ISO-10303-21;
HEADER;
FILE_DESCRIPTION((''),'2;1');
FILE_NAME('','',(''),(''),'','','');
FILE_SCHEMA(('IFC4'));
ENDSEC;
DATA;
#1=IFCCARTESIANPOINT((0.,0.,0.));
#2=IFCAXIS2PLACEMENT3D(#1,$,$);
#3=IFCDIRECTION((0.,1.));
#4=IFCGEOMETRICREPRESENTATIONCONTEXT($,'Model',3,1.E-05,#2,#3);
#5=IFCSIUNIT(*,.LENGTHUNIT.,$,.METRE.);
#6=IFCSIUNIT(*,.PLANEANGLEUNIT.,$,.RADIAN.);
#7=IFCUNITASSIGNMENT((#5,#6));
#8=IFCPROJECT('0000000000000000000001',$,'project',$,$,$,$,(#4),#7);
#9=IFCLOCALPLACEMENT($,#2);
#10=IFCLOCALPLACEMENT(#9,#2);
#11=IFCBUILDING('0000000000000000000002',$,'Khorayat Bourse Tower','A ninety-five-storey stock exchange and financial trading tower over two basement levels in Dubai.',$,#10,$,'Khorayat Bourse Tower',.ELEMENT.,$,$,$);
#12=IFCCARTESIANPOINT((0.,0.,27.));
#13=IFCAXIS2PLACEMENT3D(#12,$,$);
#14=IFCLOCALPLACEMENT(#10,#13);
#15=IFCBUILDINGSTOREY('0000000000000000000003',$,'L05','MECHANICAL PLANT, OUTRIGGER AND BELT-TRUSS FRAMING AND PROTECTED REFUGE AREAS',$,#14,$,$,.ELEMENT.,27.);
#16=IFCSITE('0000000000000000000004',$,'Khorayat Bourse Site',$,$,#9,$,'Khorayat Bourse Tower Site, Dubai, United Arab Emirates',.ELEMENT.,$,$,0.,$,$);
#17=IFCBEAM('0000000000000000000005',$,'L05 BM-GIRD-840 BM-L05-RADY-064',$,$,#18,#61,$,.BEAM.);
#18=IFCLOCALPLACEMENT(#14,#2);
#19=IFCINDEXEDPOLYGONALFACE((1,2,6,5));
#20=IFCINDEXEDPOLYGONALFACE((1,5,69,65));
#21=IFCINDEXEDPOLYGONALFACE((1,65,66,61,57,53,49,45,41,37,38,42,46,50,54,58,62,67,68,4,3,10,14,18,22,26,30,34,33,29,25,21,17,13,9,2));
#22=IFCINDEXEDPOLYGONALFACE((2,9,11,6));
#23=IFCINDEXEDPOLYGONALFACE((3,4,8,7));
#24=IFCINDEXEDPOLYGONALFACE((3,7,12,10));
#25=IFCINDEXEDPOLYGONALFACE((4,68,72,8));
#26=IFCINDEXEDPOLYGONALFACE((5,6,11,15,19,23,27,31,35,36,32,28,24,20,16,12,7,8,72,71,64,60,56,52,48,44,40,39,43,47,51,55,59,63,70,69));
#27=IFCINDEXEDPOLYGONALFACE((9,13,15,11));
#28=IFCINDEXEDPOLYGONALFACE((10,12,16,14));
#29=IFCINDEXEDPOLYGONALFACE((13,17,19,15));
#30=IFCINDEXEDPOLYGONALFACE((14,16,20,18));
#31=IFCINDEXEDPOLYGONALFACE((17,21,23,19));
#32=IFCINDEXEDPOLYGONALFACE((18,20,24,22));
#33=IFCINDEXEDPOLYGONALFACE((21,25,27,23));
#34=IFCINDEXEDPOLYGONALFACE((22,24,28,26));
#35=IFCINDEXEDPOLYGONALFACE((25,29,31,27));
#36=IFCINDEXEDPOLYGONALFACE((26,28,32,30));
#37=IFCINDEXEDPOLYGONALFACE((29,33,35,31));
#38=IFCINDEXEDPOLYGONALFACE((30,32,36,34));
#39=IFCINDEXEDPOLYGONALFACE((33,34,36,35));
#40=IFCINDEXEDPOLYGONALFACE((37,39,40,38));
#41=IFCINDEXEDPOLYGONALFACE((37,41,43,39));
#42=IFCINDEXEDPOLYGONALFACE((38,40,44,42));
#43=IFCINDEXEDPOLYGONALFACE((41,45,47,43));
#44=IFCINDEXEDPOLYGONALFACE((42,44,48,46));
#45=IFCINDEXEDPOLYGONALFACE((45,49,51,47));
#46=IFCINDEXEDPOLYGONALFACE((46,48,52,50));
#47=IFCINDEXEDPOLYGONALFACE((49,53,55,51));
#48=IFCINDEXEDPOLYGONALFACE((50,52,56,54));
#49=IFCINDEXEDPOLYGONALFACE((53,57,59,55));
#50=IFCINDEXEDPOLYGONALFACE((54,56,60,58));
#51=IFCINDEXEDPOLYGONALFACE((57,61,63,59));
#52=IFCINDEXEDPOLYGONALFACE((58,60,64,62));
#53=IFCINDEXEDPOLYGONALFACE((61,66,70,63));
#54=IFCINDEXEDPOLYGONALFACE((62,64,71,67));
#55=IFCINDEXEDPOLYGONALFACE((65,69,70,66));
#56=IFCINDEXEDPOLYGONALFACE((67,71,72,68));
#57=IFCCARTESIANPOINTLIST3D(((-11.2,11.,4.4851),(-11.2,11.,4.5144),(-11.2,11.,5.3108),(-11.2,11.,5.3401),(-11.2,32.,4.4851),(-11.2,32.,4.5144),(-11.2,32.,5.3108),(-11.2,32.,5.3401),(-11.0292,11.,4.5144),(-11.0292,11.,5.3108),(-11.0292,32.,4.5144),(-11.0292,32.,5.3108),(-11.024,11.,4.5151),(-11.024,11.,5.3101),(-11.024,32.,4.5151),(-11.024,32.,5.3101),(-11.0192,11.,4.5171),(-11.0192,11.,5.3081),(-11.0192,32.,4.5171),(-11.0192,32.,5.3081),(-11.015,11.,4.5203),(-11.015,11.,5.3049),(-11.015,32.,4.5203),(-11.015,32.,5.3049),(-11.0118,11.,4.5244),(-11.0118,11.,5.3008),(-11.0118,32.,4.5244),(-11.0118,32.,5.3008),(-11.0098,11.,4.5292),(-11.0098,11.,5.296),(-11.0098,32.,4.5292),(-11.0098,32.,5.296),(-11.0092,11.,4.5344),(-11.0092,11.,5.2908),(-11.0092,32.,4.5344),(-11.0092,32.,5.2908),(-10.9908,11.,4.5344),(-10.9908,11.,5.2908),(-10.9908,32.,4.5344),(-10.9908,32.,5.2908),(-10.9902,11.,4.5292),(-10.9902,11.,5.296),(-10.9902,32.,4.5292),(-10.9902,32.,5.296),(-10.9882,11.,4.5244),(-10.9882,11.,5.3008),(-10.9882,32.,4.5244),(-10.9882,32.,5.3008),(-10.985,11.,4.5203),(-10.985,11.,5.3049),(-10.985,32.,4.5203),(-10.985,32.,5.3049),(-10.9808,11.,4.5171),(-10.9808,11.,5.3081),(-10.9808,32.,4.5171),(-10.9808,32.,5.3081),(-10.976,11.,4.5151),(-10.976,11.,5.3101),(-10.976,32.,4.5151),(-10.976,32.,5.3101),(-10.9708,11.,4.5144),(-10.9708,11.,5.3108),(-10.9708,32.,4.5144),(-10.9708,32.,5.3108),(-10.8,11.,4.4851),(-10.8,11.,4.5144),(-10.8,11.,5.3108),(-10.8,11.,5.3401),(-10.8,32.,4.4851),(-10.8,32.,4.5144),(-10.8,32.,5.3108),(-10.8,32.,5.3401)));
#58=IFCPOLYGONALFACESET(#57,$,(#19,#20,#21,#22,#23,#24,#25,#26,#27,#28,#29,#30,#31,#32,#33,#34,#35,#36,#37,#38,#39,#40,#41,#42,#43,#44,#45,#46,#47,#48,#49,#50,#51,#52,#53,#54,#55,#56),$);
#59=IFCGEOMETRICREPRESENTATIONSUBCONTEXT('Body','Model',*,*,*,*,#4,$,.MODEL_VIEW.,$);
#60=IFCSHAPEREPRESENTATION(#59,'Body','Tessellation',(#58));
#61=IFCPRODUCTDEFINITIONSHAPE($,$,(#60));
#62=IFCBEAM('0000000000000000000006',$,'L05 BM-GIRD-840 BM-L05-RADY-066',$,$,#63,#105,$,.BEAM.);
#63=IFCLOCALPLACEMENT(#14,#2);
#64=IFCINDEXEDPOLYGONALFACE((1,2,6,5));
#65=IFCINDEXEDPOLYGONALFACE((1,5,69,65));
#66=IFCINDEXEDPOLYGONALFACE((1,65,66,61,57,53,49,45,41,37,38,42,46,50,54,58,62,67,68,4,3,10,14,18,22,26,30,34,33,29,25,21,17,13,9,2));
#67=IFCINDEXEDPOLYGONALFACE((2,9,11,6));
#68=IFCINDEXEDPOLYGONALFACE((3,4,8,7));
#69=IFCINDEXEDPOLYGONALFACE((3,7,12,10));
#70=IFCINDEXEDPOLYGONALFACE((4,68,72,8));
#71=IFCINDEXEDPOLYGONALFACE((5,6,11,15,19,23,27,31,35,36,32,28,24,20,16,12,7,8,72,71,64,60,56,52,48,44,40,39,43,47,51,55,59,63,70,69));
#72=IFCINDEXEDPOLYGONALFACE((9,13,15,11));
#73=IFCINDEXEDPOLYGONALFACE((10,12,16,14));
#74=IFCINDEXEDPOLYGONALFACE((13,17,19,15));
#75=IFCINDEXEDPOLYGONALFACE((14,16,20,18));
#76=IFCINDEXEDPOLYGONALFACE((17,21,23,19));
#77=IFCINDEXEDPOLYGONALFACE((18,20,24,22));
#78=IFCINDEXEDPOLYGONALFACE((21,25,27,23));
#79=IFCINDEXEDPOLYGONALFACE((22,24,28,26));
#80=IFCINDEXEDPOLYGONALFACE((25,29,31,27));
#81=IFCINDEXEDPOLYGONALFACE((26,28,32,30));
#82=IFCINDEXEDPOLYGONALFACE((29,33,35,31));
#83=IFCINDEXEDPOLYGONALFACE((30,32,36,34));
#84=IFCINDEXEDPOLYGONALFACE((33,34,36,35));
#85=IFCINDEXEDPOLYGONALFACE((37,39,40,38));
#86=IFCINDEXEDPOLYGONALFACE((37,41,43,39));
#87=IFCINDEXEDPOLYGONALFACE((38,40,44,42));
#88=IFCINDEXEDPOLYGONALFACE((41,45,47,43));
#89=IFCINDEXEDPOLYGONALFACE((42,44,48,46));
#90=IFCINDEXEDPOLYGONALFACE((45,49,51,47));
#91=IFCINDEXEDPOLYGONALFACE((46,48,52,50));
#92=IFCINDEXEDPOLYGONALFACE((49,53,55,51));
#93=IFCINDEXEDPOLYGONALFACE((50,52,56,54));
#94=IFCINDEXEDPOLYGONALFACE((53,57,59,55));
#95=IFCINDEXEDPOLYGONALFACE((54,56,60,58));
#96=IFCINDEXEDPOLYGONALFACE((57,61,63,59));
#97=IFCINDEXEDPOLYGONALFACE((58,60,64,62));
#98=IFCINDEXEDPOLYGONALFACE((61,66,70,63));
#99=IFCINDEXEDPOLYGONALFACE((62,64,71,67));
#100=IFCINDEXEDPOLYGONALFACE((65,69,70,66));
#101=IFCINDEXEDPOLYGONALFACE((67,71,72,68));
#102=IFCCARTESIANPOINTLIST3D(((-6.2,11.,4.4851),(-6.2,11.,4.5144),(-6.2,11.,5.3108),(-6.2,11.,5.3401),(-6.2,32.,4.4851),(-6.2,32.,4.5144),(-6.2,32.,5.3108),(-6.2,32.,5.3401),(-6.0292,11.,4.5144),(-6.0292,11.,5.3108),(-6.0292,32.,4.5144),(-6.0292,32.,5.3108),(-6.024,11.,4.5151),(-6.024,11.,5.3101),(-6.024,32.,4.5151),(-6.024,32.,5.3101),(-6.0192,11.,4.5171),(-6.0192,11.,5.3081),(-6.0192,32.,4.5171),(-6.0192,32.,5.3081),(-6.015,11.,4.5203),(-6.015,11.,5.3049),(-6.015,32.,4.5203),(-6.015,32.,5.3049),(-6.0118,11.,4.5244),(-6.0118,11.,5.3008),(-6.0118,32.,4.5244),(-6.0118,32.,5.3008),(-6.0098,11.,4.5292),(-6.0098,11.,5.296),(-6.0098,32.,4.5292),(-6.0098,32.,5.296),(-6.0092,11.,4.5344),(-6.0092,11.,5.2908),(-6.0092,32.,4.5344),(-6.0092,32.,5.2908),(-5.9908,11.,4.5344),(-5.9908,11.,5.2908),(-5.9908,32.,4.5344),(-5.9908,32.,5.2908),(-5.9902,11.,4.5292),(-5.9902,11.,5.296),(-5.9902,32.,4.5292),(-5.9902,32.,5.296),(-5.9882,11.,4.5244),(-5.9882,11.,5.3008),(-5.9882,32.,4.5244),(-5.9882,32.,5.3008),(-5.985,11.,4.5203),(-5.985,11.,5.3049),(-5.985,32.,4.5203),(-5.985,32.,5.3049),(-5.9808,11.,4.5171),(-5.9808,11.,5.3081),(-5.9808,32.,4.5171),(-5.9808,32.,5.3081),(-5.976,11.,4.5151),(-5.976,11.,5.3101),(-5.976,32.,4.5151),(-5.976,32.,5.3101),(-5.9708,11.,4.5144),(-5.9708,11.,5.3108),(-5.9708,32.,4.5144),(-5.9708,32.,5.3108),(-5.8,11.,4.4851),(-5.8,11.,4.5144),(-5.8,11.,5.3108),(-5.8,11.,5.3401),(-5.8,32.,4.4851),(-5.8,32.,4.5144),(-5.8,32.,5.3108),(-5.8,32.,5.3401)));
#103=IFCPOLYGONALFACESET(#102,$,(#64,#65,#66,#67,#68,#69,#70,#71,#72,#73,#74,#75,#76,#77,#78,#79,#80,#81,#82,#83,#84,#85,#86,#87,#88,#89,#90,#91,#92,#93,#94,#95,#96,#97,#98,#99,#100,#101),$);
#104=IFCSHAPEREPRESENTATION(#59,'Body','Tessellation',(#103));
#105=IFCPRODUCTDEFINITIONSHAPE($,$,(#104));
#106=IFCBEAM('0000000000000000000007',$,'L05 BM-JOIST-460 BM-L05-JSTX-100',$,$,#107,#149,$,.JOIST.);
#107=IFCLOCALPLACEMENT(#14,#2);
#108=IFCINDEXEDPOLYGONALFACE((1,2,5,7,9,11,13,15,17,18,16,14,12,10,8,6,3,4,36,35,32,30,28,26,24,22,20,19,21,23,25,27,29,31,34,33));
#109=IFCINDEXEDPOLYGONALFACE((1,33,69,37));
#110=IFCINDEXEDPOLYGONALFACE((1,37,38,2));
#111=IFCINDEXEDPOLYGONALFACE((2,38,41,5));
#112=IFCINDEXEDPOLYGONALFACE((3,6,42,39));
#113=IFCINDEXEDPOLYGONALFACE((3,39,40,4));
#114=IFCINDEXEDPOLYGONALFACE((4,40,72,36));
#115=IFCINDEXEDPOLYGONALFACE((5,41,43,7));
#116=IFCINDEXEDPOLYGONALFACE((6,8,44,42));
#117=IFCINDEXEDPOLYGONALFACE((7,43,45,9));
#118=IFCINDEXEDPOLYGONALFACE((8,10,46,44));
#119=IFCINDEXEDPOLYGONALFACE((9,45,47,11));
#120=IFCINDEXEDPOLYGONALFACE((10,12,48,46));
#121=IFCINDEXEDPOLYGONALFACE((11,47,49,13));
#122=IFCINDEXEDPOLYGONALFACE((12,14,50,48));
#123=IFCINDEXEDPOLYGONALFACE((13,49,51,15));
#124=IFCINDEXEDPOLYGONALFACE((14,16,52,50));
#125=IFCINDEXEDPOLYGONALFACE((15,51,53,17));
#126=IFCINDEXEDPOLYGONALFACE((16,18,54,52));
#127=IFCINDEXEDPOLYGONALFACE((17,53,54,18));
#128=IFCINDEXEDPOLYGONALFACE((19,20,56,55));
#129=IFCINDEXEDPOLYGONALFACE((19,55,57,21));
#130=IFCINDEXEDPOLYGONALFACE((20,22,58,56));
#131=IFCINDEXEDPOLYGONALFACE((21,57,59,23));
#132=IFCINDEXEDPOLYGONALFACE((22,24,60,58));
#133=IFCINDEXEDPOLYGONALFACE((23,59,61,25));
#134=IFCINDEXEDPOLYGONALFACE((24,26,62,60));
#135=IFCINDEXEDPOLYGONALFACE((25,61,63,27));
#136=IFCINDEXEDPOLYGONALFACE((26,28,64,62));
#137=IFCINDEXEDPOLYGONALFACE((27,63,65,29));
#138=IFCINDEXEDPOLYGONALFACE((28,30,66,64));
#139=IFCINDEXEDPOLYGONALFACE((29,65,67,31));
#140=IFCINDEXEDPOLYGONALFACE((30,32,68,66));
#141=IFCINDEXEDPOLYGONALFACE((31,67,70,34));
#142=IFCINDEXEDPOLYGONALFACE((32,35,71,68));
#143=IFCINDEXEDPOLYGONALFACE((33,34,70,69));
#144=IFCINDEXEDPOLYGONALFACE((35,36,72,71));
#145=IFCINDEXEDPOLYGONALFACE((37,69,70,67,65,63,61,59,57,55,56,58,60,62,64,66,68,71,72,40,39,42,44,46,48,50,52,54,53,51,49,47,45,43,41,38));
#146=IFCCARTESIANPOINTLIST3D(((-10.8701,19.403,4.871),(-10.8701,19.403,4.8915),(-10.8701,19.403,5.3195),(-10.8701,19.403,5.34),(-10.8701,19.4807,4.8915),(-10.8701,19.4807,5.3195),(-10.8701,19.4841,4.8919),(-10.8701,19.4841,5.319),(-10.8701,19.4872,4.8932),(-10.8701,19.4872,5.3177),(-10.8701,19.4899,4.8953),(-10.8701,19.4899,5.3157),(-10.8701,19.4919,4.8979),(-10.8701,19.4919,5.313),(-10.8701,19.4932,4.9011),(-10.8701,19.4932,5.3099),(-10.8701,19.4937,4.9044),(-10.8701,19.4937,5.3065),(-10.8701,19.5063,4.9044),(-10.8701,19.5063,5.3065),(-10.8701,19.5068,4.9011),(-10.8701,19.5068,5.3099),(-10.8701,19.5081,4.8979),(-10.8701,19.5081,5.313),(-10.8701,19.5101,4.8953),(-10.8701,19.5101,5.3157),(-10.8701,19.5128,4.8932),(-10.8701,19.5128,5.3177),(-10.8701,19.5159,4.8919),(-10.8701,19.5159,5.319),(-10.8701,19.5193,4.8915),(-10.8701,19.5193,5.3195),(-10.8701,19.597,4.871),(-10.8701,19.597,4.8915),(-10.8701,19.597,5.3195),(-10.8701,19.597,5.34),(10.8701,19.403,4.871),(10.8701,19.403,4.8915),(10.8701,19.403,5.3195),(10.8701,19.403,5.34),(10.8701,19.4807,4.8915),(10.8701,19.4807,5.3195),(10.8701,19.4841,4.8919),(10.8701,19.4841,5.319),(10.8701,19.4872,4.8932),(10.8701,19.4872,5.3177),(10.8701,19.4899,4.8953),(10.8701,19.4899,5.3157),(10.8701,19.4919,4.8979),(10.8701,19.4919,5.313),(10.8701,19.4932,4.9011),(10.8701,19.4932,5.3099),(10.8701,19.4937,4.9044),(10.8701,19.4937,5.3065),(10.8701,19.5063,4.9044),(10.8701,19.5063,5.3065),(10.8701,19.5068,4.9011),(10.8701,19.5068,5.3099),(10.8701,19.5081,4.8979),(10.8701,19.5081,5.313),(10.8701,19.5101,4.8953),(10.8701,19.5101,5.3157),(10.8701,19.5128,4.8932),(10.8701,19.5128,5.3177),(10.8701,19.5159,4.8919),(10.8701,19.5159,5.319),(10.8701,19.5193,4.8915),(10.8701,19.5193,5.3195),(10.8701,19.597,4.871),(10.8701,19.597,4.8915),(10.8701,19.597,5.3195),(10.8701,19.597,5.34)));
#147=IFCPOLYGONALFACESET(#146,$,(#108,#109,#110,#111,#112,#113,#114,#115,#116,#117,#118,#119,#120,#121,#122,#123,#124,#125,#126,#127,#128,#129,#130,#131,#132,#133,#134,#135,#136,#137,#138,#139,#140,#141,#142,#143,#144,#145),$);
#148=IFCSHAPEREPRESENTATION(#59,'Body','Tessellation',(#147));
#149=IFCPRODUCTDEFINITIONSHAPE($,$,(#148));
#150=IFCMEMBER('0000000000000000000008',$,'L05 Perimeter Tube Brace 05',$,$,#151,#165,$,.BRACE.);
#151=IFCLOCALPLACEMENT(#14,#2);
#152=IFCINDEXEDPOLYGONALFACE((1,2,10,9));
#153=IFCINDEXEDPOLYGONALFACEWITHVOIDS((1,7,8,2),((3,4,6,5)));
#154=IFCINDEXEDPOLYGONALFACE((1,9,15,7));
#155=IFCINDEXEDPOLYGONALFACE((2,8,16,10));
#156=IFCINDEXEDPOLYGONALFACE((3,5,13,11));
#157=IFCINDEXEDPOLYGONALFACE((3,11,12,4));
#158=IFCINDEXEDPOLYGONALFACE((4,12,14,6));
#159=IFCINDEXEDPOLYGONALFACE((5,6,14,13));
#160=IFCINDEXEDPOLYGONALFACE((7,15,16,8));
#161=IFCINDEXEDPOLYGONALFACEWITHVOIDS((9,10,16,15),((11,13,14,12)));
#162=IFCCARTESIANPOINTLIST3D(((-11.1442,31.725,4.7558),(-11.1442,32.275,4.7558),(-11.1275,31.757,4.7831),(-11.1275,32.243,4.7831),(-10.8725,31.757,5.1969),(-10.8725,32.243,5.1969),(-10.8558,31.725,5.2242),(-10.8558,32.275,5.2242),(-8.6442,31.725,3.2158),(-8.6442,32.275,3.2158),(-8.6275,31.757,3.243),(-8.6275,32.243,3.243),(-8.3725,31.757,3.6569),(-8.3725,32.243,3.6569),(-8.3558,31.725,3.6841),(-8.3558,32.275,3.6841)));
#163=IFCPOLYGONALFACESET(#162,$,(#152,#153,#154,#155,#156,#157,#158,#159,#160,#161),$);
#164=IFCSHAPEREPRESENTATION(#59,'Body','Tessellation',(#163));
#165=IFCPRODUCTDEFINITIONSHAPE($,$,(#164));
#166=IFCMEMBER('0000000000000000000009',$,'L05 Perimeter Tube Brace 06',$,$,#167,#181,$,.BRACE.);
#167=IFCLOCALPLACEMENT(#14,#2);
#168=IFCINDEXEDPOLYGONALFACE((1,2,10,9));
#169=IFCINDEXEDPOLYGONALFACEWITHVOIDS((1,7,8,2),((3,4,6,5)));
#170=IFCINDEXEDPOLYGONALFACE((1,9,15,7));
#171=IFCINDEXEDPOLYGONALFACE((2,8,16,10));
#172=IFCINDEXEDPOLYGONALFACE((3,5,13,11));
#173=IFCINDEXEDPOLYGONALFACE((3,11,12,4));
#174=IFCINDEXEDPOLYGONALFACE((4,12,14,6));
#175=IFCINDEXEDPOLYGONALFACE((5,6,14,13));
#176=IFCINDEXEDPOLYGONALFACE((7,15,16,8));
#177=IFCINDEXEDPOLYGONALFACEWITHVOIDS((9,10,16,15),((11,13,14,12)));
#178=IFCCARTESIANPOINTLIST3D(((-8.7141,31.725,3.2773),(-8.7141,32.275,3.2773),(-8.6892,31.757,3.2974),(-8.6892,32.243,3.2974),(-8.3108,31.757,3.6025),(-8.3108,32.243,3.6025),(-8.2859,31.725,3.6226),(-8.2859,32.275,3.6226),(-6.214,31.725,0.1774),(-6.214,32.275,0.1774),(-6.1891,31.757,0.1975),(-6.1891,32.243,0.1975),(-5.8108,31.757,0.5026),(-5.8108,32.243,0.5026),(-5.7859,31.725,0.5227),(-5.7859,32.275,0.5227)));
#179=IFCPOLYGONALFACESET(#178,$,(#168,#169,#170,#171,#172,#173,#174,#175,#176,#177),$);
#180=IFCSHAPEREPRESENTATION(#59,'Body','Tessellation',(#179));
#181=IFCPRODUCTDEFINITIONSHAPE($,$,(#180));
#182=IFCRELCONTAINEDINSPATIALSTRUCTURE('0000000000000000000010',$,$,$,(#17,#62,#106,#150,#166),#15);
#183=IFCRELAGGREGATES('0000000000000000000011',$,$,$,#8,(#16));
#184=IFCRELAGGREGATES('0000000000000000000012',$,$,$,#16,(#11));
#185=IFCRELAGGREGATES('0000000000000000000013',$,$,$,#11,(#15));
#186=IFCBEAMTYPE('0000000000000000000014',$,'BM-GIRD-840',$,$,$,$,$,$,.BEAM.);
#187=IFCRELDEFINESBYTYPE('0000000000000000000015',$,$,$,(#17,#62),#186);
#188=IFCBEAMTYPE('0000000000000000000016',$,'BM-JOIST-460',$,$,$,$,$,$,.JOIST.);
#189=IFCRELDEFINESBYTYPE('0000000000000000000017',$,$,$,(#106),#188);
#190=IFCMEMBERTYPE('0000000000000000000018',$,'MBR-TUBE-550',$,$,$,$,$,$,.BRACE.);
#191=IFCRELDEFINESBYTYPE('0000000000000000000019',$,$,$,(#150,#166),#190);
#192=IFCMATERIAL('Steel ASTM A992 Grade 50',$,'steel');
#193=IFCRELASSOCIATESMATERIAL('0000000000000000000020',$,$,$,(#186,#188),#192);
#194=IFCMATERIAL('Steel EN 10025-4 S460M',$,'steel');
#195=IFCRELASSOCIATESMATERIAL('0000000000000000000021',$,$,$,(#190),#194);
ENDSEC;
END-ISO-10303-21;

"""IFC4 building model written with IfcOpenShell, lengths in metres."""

from ifc_helpers import new_model, si_unit, direction, frame, origin, origin_2d, place, context, subcontext, project, spatial, hollow_rectangle, i_section, extrude, source, transform, mapped, material, material_profile, profile_set, type_object, element, save


model = new_model("IFC4")

# Units and contexts
model_context = context("Model", 3, precision=1e-05, world=origin(), true_north=direction((0.0, 1.0)))
body_context = subcontext(model_context, "Body", "Model", "MODEL_VIEW")
ifc_project = project(units=[si_unit("LENGTHUNIT", "METRE"), si_unit("PLANEANGLEUNIT", "RADIAN")], contexts=[model_context])

# Site, building, storey
site_placement = place(None, origin())
site = spatial("IfcSite", under=ifc_project, at=site_placement, Name="Khorayat Bourse Site", LongName="Khorayat Bourse Tower Site, Dubai, United Arab Emirates", CompositionType="ELEMENT", RefElevation=0.0)
building_placement = place(site_placement, origin())
building = spatial("IfcBuilding", under=site, at=building_placement, Name="Khorayat Bourse Tower", Description="A ninety-five-storey stock exchange and financial trading tower over two basement levels in Dubai.", LongName="Khorayat Bourse Tower", CompositionType="ELEMENT")
storey_placement = place(building_placement, frame((0.0, 0.0, 27.0)))
storey = spatial("IfcBuildingStorey", under=building, at=storey_placement, Name="L05", Description="MECHANICAL PLANT, OUTRIGGER AND BELT-TRUSS FRAMING AND PROTECTED REFUGE AREAS", CompositionType="ELEMENT", Elevation=27.0)

# Shared definitions
ifc_material_1 = material(Name="Steel EN 10025-4 S460M", Category="steel")

# Beams
ifc_material_2 = material(Name="Steel ASTM A992 Grade 50", Category="steel")
ifc_material_profile_1 = material_profile(ifc_material_2, i_section(OverallWidth=0.3999, OverallDepth=0.855, WebThickness=0.0183, FlangeThickness=0.0293, FilletRadius=0.02, at=origin_2d()), Name="W840X299")
ifc_profile_set_1 = profile_set([ifc_material_profile_1], Name="Steel ASTM A992 Grade 50")
beam_type_1 = type_object("IfcBeamType", Name="BM-GIRD-840", PredefinedType="BEAM", material=ifc_profile_set_1)
shared_shape_1 = source(origin(), body_context, "Body", "SweptSolid", [
    extrude(i_section(OverallWidth=0.3999, OverallDepth=0.855, WebThickness=0.0183, FlangeThickness=0.0293, FilletRadius=0.02, at=origin_2d()), origin(), (0.0, 0.0, 1.0), 21.0),
])
for number, where, z_axis, x_axis, name in (
    (1, (-11.0, 11.0, 4.9126), (0.0, 1.0, 0.0), (-1.0, 0.0, 0.0), "L05 BM-GIRD-840 BM-L05-RADY-064"),
    (2, (-6.0, 11.0, 4.9126), (0.0, 1.0, 0.0), (-1.0, 0.0, 0.0), "L05 BM-GIRD-840 BM-L05-RADY-066"),
):
    element("IfcBeam", number, at=place(storey_placement, frame(where, z_axis=z_axis, x_axis=x_axis)), inside=storey, type_object=beam_type_1, Name=name, PredefinedType="BEAM", context=body_context, shape_type="MappedRepresentation", body=[
        mapped(shared_shape_1, transform((0.0, 0.0, 0.0), scale=1.0)),
    ])
ifc_material_profile_2 = material_profile(ifc_material_2, i_section(OverallWidth=0.1941, OverallDepth=0.469, WebThickness=0.0127, FlangeThickness=0.0205, FilletRadius=0.0129, at=origin_2d()), Name="W460X106")
ifc_profile_set_2 = profile_set([ifc_material_profile_2], Name="Steel ASTM A992 Grade 50")
beam_type_2 = type_object("IfcBeamType", Name="BM-JOIST-460", PredefinedType="JOIST", material=ifc_profile_set_2)
shared_shape_2 = source(origin(), body_context, "Body", "SweptSolid", [
    extrude(i_section(OverallWidth=0.1941, OverallDepth=0.469, WebThickness=0.0127, FlangeThickness=0.0205, FilletRadius=0.0129, at=origin_2d()), origin(), (0.0, 0.0, 1.0), 21.7402),
])
beam_1_placement = place(storey_placement, frame((-10.8701, 19.5, 5.1055), z_axis=(1.0, 0.0, 0.0), x_axis=(0.0, 1.0, 0.0)))
element("IfcBeam", 3, at=beam_1_placement, inside=storey, type_object=beam_type_2, Name="L05 BM-JOIST-460 BM-L05-JSTX-100", PredefinedType="JOIST", context=body_context, shape_type="MappedRepresentation", body=[
    mapped(shared_shape_2, transform((0.0, 0.0, 0.0), scale=1.0)),
])

# Members
ifc_material_profile_3 = material_profile(ifc_material_1, hollow_rectangle(XDim=0.55, YDim=0.55, WallThickness=0.032, at=origin_2d()), Name="HSS 550x550x32")
ifc_profile_set_3 = profile_set([ifc_material_profile_3], Name="Steel EN 10025-4 S460M")
member_type_1 = type_object("IfcMemberType", Name="MBR-TUBE-550", PredefinedType="BRACE", material=ifc_profile_set_3)
shared_shape_3 = source(origin(), body_context, "Body", "SweptSolid", [
    extrude(hollow_rectangle(XDim=0.55, YDim=0.55, WallThickness=0.032, at=origin_2d()), origin(), (0.0, 0.0, 1.0), 2.9363),
])
member_1_placement = place(storey_placement, frame((-11.0, 32.0, 4.99), z_axis=(0.851418, 0.0, -0.524487), x_axis=(0.0, 1.0, 0.0)))
element("IfcMember", 4, at=member_1_placement, inside=storey, type_object=member_type_1, Name="L05 Perimeter Tube Brace 05", PredefinedType="BRACE", context=body_context, shape_type="MappedRepresentation", body=[
    mapped(shared_shape_3, transform((0.0, 0.0, 0.0), scale=1.0)),
])
shared_shape_4 = source(origin(), body_context, "Body", "SweptSolid", [
    extrude(hollow_rectangle(XDim=0.55, YDim=0.55, WallThickness=0.032, at=origin_2d()), origin(), (0.0, 0.0, 1.0), 3.9824),
])
member_2_placement = place(storey_placement, frame((-8.5, 32.0, 3.45), z_axis=(0.62777, 0.0, -0.778399), x_axis=(0.0, 1.0, 0.0)))
element("IfcMember", 5, at=member_2_placement, inside=storey, type_object=member_type_1, Name="L05 Perimeter Tube Brace 06", PredefinedType="BRACE", context=body_context, shape_type="MappedRepresentation", body=[
    mapped(shared_shape_4, transform((0.0, 0.0, 0.0), scale=1.0)),
])

save(model, "model.ifc")
